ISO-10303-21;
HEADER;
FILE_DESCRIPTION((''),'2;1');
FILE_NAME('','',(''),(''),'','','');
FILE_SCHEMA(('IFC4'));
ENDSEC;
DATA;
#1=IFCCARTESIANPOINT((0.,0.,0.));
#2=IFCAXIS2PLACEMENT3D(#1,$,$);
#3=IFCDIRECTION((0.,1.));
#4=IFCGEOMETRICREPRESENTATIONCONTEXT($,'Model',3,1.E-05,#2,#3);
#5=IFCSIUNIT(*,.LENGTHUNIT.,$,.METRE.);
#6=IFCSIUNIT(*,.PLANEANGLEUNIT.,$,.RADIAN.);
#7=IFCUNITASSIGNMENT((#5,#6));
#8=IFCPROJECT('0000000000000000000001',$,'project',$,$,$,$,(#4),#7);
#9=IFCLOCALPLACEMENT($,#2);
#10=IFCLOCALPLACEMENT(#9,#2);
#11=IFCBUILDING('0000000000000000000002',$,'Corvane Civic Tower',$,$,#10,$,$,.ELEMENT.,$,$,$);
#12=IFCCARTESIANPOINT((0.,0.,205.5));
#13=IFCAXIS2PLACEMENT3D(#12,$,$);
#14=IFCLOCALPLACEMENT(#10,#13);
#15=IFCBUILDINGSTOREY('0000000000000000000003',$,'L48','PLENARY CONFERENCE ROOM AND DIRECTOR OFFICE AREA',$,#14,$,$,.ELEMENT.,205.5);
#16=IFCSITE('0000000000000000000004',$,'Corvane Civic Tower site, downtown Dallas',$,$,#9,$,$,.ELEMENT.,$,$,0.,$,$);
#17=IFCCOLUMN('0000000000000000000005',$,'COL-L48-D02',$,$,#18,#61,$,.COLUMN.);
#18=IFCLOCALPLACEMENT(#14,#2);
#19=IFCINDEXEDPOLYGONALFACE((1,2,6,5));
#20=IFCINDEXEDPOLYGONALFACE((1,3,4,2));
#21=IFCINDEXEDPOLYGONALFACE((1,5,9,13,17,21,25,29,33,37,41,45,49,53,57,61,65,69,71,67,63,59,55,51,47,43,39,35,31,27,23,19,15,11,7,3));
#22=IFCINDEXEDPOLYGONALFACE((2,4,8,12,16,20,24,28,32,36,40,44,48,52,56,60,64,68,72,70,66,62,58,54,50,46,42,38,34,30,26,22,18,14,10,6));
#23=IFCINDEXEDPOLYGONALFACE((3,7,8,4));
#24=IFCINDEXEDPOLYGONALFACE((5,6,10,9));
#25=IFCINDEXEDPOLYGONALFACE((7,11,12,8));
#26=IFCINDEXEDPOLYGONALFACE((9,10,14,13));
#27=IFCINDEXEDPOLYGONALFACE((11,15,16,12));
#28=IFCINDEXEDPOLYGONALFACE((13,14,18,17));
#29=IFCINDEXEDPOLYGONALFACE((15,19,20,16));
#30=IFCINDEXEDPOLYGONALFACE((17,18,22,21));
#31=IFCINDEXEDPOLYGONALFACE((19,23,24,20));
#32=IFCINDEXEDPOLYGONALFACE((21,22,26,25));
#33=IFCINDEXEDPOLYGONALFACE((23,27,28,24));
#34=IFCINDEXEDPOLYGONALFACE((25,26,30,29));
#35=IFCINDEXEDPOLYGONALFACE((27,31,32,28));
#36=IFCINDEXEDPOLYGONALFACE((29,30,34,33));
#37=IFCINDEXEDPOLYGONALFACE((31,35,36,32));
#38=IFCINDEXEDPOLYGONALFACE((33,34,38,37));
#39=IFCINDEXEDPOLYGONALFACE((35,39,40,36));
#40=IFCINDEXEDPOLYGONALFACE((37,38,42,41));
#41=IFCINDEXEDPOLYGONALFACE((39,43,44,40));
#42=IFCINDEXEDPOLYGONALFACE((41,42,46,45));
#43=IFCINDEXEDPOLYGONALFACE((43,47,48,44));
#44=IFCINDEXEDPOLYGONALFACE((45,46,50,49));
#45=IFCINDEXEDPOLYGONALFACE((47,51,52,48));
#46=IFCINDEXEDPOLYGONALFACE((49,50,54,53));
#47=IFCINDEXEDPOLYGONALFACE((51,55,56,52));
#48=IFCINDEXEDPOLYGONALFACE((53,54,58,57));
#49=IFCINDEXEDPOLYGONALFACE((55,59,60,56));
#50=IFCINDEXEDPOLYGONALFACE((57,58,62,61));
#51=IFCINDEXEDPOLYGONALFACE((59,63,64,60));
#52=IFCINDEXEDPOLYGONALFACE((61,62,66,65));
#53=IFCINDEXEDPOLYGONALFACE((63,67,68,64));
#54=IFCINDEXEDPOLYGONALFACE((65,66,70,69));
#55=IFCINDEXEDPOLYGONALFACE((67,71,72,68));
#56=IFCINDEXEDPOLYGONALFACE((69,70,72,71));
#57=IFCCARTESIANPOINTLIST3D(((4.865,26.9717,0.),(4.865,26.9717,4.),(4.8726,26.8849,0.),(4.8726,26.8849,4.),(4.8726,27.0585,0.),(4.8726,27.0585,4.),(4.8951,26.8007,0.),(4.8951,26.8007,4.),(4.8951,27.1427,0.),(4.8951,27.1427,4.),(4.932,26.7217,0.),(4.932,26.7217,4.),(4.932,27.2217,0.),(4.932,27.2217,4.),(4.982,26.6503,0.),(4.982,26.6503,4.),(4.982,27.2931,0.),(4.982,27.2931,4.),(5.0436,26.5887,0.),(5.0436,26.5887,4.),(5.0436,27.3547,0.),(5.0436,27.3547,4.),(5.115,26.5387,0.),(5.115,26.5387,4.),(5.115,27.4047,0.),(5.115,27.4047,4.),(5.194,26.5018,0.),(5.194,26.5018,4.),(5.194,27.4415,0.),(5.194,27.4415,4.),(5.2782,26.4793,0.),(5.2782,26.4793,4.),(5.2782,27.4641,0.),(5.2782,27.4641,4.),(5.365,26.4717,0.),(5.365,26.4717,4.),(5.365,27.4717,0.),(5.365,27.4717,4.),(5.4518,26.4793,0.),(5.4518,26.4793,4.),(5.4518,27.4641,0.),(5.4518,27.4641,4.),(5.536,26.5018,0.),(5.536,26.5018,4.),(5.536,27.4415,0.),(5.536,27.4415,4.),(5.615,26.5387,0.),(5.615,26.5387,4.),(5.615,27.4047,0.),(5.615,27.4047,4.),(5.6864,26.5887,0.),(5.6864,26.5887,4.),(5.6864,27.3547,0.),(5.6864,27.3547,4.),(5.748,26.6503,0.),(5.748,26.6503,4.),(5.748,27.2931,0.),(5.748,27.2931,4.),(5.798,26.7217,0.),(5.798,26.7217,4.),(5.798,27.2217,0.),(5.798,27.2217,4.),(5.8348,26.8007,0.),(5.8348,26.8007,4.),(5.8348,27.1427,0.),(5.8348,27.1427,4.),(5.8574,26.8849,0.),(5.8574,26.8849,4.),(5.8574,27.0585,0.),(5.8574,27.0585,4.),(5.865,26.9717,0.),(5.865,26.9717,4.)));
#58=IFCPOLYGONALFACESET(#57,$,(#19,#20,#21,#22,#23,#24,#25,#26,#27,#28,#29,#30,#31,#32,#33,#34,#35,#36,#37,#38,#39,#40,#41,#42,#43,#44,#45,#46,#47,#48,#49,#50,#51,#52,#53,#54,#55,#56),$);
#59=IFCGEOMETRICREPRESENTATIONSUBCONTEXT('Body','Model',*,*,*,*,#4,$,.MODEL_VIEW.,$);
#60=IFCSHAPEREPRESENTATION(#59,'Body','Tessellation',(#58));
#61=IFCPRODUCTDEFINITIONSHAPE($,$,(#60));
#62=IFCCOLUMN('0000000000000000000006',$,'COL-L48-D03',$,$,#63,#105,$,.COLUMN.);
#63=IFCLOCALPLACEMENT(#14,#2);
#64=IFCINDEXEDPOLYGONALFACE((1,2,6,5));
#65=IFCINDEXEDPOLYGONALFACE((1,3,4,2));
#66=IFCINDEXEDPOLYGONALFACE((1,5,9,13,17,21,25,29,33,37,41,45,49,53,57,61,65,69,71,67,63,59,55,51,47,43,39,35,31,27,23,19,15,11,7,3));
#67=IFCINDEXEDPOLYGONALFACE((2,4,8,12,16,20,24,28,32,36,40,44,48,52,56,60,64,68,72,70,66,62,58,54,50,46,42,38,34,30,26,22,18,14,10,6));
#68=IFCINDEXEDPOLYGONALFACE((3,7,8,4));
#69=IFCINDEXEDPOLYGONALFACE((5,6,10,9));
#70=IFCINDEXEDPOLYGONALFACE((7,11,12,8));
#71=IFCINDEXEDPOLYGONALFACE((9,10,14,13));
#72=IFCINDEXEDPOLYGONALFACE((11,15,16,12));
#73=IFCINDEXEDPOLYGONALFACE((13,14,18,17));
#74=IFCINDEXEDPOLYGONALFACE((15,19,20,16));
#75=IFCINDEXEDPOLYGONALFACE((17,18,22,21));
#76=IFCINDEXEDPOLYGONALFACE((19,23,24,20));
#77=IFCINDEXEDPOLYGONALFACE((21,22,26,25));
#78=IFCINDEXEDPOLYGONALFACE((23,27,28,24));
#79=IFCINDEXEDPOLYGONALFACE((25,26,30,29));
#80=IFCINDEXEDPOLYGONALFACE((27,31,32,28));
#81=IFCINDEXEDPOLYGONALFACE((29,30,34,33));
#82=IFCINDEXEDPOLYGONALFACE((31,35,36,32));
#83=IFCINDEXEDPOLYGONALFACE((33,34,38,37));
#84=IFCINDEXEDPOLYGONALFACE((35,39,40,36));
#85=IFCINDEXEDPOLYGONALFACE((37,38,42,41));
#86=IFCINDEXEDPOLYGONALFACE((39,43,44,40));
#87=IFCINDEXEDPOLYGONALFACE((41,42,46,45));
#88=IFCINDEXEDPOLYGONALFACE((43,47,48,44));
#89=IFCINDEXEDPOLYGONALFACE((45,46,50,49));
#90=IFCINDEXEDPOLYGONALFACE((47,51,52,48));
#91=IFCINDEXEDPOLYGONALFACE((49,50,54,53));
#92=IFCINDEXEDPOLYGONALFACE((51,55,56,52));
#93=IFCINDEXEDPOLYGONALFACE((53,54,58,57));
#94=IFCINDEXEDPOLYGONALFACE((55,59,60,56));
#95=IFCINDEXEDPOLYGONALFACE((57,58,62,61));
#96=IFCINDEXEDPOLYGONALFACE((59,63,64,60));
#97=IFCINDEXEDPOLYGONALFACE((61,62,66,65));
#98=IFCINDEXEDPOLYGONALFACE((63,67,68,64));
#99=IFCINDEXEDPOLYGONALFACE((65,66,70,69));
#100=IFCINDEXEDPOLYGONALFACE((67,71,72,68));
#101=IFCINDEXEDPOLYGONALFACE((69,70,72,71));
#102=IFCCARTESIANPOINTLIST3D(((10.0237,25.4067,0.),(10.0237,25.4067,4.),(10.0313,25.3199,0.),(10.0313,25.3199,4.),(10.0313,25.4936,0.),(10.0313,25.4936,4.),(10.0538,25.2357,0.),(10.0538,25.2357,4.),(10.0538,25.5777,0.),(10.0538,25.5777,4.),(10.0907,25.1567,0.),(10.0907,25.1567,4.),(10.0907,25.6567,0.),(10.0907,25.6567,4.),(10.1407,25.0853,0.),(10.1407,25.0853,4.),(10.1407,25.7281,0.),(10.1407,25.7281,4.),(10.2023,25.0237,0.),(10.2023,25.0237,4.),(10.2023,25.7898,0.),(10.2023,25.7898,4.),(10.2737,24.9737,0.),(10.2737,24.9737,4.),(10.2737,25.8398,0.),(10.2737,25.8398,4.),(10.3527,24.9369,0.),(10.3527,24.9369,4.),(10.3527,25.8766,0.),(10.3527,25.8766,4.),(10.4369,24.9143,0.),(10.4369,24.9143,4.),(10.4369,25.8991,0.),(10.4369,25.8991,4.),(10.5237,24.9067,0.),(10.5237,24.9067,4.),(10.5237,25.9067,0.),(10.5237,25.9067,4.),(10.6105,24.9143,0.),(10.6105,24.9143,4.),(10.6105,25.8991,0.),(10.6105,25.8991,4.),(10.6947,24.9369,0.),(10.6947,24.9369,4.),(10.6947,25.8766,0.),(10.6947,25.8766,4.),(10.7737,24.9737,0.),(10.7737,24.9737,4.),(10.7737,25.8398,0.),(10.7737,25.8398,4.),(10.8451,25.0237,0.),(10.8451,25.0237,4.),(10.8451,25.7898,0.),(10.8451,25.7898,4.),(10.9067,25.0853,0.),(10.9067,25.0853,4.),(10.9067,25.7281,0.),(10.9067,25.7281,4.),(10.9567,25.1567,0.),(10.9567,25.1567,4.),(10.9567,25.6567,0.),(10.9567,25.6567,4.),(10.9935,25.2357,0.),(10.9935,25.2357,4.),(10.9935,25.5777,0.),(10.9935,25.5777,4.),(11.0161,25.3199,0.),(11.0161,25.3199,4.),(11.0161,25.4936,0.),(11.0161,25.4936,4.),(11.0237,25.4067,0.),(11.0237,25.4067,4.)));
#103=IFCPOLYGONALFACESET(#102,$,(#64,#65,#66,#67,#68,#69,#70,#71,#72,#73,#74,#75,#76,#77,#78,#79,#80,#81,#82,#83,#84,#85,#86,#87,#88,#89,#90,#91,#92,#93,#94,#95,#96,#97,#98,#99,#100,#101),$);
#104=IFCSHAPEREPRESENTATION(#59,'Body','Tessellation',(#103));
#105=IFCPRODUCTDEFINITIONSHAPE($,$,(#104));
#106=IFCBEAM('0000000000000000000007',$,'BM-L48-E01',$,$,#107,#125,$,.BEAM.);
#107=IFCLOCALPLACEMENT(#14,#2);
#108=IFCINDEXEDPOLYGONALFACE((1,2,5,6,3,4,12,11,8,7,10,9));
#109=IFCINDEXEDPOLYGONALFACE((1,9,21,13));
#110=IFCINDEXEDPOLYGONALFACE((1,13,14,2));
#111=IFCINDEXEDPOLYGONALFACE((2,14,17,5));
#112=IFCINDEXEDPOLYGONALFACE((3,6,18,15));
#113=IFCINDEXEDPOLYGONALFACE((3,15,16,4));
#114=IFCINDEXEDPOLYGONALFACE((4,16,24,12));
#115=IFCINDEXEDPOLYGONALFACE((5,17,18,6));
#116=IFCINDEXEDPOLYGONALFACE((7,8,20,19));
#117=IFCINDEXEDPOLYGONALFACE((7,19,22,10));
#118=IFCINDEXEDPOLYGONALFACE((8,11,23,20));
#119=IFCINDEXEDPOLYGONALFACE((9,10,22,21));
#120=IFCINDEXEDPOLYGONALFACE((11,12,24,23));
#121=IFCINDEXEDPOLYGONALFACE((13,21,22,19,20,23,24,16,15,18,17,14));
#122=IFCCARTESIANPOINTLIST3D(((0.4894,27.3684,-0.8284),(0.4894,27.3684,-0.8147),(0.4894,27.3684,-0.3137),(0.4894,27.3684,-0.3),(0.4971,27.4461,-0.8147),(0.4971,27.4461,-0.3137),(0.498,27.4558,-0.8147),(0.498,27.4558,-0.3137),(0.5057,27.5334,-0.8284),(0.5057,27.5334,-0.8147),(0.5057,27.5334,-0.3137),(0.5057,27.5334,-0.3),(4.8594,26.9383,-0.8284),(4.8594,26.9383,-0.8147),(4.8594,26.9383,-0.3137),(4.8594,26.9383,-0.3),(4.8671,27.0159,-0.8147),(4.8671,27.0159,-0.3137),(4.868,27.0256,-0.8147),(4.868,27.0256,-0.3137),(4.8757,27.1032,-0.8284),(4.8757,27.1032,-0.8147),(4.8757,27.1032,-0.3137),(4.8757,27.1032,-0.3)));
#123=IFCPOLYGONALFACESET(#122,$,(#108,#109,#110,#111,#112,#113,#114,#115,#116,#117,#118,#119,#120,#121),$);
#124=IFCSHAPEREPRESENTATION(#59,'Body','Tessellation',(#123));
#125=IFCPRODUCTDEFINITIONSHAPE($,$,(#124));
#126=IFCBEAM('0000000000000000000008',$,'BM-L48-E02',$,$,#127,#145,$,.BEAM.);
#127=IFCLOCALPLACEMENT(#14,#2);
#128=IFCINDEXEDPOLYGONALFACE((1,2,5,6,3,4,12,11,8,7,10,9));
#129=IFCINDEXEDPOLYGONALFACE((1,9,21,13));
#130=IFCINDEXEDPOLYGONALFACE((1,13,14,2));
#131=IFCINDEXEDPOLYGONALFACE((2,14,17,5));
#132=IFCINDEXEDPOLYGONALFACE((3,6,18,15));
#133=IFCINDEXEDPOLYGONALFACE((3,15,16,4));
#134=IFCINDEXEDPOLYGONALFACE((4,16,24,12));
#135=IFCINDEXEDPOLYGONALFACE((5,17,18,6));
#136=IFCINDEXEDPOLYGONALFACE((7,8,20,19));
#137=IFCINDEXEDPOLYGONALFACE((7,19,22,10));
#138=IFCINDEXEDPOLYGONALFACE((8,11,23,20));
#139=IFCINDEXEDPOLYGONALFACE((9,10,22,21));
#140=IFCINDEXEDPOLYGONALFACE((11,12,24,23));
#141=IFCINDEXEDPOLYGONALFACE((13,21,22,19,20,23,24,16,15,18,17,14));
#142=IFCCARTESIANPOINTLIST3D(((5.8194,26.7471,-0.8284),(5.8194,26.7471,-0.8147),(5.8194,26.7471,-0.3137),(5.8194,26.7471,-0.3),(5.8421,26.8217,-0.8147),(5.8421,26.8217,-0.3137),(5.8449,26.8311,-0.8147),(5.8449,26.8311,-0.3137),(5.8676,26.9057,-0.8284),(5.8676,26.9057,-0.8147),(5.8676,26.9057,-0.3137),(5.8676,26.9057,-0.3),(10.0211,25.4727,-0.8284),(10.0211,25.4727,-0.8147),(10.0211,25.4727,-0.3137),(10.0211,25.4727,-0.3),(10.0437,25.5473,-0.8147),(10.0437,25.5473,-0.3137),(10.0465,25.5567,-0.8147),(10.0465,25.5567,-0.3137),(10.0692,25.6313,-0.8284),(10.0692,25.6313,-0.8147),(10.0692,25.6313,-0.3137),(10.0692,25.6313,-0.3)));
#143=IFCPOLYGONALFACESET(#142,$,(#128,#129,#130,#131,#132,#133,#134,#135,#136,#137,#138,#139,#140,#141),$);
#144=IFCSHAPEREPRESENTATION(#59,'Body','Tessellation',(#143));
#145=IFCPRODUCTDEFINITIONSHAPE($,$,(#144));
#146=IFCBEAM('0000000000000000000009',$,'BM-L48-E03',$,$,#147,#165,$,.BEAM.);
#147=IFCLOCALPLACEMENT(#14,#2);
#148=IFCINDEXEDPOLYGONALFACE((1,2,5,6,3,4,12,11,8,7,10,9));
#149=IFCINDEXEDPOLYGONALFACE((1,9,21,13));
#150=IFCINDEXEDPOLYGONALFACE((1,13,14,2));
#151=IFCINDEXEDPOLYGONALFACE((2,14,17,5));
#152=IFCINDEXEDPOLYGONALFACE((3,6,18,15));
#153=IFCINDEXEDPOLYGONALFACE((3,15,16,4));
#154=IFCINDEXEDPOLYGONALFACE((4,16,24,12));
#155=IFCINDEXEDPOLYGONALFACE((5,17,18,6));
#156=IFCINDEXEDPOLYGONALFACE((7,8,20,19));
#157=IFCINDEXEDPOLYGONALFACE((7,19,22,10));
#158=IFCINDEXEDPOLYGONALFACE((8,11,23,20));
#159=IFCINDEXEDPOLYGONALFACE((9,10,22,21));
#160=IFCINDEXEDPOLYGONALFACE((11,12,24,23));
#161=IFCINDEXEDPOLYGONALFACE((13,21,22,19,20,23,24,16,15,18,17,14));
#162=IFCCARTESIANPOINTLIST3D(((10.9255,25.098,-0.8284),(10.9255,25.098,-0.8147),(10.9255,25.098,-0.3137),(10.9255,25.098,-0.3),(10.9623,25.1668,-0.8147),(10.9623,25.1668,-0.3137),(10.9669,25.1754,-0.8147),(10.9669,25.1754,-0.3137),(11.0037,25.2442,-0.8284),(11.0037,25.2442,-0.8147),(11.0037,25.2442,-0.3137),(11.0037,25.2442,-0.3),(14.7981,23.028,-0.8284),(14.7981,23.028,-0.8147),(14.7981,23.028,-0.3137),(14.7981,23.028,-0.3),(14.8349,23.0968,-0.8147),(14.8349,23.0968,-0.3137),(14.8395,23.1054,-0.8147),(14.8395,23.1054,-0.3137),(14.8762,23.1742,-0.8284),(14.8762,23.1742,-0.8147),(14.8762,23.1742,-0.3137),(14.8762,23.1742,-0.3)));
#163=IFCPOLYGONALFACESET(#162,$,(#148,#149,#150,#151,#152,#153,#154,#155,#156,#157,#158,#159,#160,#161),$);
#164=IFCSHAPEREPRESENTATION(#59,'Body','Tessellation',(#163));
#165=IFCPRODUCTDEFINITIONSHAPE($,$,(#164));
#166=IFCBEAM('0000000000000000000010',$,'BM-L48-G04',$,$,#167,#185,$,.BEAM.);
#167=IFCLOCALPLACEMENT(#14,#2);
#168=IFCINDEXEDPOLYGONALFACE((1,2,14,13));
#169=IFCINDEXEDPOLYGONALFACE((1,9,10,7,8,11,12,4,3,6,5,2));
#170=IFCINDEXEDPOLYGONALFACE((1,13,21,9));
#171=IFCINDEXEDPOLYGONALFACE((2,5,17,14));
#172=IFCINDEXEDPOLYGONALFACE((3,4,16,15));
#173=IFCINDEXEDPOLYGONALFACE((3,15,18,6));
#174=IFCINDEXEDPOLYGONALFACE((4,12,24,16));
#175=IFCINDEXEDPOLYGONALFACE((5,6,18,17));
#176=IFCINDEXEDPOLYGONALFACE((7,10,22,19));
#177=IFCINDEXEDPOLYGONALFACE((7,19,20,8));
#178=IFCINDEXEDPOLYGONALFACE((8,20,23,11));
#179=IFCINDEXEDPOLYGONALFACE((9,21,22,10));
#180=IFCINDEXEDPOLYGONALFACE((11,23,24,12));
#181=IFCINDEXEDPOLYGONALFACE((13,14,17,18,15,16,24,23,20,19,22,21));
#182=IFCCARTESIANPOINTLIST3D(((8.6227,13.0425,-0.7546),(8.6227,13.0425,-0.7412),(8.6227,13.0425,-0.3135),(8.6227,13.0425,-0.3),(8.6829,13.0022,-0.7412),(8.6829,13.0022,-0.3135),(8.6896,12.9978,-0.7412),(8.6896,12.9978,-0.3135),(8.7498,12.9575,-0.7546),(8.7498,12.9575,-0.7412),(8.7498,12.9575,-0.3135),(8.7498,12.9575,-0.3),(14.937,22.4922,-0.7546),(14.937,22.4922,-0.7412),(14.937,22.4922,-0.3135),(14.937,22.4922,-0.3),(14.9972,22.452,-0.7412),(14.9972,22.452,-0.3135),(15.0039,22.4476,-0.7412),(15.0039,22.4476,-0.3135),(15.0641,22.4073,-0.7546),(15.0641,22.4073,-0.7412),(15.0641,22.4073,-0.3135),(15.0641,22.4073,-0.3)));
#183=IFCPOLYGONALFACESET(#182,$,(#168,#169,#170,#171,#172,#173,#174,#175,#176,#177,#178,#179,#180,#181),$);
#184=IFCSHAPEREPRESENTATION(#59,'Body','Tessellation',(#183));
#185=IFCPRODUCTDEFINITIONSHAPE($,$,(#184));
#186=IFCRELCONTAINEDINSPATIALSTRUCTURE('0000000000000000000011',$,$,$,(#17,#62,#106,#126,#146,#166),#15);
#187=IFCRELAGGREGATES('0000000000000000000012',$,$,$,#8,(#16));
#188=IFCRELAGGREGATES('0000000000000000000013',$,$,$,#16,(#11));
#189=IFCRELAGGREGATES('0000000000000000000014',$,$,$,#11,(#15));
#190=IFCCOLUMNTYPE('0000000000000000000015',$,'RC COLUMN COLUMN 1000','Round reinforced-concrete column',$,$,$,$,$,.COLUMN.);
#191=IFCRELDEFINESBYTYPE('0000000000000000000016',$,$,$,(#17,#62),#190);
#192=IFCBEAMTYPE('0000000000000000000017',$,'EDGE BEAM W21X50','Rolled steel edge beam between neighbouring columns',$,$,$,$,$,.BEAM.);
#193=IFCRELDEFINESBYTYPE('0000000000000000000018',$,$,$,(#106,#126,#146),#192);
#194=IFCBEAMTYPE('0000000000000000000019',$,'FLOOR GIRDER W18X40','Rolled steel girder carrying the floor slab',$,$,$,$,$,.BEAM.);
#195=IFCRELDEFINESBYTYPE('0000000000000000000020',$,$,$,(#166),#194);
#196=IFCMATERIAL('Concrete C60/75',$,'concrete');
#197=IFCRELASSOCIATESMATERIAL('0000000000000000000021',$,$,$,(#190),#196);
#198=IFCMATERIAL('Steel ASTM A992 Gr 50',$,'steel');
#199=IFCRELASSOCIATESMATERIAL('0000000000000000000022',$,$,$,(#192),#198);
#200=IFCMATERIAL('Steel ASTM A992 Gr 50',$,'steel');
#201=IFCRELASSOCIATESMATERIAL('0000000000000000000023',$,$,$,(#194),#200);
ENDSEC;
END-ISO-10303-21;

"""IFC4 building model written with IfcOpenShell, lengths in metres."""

from ifc_helpers import new_model, si_unit, direction, frame, origin, origin_2d, place, context, subcontext, project, spatial, circle, i_section, extrude, material, material_profile, profile_set, type_object, element, save


model = new_model("IFC4")

# Units and contexts
model_context = context("Model", 3, precision=1e-05, world=origin(), true_north=direction((0.0, 1.0)))
body_context = subcontext(model_context, "Body", "Model", "MODEL_VIEW")
ifc_project = project(units=[si_unit("LENGTHUNIT", "METRE"), si_unit("PLANEANGLEUNIT", "RADIAN")], contexts=[model_context])

# Site, building, storey
site_placement = place(None, origin())
site = spatial("IfcSite", under=ifc_project, at=site_placement, Name="Corvane Civic Tower site, downtown Dallas", CompositionType="ELEMENT", RefElevation=0.0)
building_placement = place(site_placement, origin())
building = spatial("IfcBuilding", under=site, at=building_placement, Name="Corvane Civic Tower", CompositionType="ELEMENT")
storey_placement = place(building_placement, frame((0.0, 0.0, 205.5)))
storey = spatial("IfcBuildingStorey", under=building, at=storey_placement, Name="L48", Description="PLENARY CONFERENCE ROOM AND DIRECTOR OFFICE AREA", CompositionType="ELEMENT", Elevation=205.5)

# Columns
ifc_material_1 = material(Name="Concrete C60/75", Category="concrete")
ifc_material_profile_1 = material_profile(ifc_material_1, circle(Radius=0.5, at=origin_2d()), Name="COLUMN 1000")
ifc_profile_set_1 = profile_set([ifc_material_profile_1], Name="Concrete C60/75")
column_type = type_object("IfcColumnType", Name="RC COLUMN COLUMN 1000", Description="Round reinforced-concrete column", PredefinedType="COLUMN", material=ifc_profile_set_1)
for number, where, z_axis, x_axis, name in (
    (1, (5.365, 26.9717, 0.0), (0.0, 0.0, 1.0), (1.0, 0.0, 0.0), "COL-L48-D02"),
    (2, (10.5237, 25.4067, 0.0), (0.0, 0.0, 1.0), (1.0, 0.0, 0.0), "COL-L48-D03"),
):
    element("IfcColumn", number, at=place(storey_placement, frame(where, z_axis=z_axis, x_axis=x_axis)), inside=storey, type_object=column_type, Name=name, PredefinedType="COLUMN", context=body_context, shape_type="SweptSolid", body=[
        extrude(circle(Radius=0.5, at=origin_2d()), origin(), (0.0, 0.0, 1.0), 4.0),
    ])

# Beams
ifc_material_2 = material(Name="Steel ASTM A992 Gr 50", Category="steel")
ifc_material_profile_2 = material_profile(ifc_material_2, i_section(OverallWidth=0.1658, OverallDepth=0.5283, WebThickness=0.0098, FlangeThickness=0.0137, at=origin_2d()), Name="W21X50")
ifc_profile_set_2 = profile_set([ifc_material_profile_2], Name="Steel ASTM A992 Gr 50")
beam_type_1 = type_object("IfcBeamType", Name="EDGE BEAM W21X50", Description="Rolled steel edge beam between neighbouring columns", PredefinedType="BEAM", material=ifc_profile_set_2)
beam_1_placement = place(storey_placement, frame((0.4976, 27.4509, -0.5642), z_axis=(0.99519, -0.097968, 0.0), x_axis=(0.097968, 0.99519, 0.0)))
element("IfcBeam", 3, at=beam_1_placement, inside=storey, type_object=beam_type_1, Name="BM-L48-E01", PredefinedType="BEAM", context=body_context, shape_type="SweptSolid", body=[
    extrude(i_section(OverallWidth=0.1658, OverallDepth=0.5283, WebThickness=0.0098, FlangeThickness=0.0137, at=origin_2d()), origin(), (0.0, 0.0, 1.0), 4.3911),
])
beam_2_placement = place(storey_placement, frame((5.8435, 26.8264, -0.5642), z_axis=(0.95695, -0.290254, 0.0), x_axis=(0.290254, 0.95695, 0.0)))
element("IfcBeam", 4, at=beam_2_placement, inside=storey, type_object=beam_type_1, Name="BM-L48-E02", PredefinedType="BEAM", context=body_context, shape_type="SweptSolid", body=[
    extrude(i_section(OverallWidth=0.1658, OverallDepth=0.5283, WebThickness=0.0098, FlangeThickness=0.0137, at=origin_2d()), origin(), (0.0, 0.0, 1.0), 4.3906),
])
beam_3_placement = place(storey_placement, frame((10.9646, 25.1711, -0.5642), z_axis=(0.881908, -0.471422, 0.0), x_axis=(0.471422, 0.881908, 0.0)))
element("IfcBeam", 5, at=beam_3_placement, inside=storey, type_object=beam_type_1, Name="BM-L48-E03", PredefinedType="BEAM", context=body_context, shape_type="SweptSolid", body=[
    extrude(i_section(OverallWidth=0.1658, OverallDepth=0.5283, WebThickness=0.0098, FlangeThickness=0.0137, at=origin_2d()), origin(), (0.0, 0.0, 1.0), 4.3911),
])
ifc_material_3 = material(Name="Steel ASTM A992 Gr 50", Category="steel")
ifc_material_profile_3 = material_profile(ifc_material_3, i_section(OverallWidth=0.1528, OverallDepth=0.4546, WebThickness=0.0081, FlangeThickness=0.0134, at=origin_2d()), Name="W18X40")
ifc_profile_set_3 = profile_set([ifc_material_profile_3], Name="Steel ASTM A992 Gr 50")
beam_type_2 = type_object("IfcBeamType", Name="FLOOR GIRDER W18X40", Description="Rolled steel girder carrying the floor slab", PredefinedType="BEAM", material=ifc_profile_set_3)
beam_4_placement = place(storey_placement, frame((8.6863, 13.0, -0.5273), z_axis=(0.555577, 0.831465, 0.0), x_axis=(-0.831465, 0.555577, 0.0)))
element("IfcBeam", 6, at=beam_4_placement, inside=storey, type_object=beam_type_2, Name="BM-L48-G04", PredefinedType="BEAM", context=body_context, shape_type="SweptSolid", body=[
    extrude(i_section(OverallWidth=0.1528, OverallDepth=0.4546, WebThickness=0.0081, FlangeThickness=0.0134, at=origin_2d()), origin(), (0.0, 0.0, 1.0), 11.3652),
])

save(model, "model.ifc")
